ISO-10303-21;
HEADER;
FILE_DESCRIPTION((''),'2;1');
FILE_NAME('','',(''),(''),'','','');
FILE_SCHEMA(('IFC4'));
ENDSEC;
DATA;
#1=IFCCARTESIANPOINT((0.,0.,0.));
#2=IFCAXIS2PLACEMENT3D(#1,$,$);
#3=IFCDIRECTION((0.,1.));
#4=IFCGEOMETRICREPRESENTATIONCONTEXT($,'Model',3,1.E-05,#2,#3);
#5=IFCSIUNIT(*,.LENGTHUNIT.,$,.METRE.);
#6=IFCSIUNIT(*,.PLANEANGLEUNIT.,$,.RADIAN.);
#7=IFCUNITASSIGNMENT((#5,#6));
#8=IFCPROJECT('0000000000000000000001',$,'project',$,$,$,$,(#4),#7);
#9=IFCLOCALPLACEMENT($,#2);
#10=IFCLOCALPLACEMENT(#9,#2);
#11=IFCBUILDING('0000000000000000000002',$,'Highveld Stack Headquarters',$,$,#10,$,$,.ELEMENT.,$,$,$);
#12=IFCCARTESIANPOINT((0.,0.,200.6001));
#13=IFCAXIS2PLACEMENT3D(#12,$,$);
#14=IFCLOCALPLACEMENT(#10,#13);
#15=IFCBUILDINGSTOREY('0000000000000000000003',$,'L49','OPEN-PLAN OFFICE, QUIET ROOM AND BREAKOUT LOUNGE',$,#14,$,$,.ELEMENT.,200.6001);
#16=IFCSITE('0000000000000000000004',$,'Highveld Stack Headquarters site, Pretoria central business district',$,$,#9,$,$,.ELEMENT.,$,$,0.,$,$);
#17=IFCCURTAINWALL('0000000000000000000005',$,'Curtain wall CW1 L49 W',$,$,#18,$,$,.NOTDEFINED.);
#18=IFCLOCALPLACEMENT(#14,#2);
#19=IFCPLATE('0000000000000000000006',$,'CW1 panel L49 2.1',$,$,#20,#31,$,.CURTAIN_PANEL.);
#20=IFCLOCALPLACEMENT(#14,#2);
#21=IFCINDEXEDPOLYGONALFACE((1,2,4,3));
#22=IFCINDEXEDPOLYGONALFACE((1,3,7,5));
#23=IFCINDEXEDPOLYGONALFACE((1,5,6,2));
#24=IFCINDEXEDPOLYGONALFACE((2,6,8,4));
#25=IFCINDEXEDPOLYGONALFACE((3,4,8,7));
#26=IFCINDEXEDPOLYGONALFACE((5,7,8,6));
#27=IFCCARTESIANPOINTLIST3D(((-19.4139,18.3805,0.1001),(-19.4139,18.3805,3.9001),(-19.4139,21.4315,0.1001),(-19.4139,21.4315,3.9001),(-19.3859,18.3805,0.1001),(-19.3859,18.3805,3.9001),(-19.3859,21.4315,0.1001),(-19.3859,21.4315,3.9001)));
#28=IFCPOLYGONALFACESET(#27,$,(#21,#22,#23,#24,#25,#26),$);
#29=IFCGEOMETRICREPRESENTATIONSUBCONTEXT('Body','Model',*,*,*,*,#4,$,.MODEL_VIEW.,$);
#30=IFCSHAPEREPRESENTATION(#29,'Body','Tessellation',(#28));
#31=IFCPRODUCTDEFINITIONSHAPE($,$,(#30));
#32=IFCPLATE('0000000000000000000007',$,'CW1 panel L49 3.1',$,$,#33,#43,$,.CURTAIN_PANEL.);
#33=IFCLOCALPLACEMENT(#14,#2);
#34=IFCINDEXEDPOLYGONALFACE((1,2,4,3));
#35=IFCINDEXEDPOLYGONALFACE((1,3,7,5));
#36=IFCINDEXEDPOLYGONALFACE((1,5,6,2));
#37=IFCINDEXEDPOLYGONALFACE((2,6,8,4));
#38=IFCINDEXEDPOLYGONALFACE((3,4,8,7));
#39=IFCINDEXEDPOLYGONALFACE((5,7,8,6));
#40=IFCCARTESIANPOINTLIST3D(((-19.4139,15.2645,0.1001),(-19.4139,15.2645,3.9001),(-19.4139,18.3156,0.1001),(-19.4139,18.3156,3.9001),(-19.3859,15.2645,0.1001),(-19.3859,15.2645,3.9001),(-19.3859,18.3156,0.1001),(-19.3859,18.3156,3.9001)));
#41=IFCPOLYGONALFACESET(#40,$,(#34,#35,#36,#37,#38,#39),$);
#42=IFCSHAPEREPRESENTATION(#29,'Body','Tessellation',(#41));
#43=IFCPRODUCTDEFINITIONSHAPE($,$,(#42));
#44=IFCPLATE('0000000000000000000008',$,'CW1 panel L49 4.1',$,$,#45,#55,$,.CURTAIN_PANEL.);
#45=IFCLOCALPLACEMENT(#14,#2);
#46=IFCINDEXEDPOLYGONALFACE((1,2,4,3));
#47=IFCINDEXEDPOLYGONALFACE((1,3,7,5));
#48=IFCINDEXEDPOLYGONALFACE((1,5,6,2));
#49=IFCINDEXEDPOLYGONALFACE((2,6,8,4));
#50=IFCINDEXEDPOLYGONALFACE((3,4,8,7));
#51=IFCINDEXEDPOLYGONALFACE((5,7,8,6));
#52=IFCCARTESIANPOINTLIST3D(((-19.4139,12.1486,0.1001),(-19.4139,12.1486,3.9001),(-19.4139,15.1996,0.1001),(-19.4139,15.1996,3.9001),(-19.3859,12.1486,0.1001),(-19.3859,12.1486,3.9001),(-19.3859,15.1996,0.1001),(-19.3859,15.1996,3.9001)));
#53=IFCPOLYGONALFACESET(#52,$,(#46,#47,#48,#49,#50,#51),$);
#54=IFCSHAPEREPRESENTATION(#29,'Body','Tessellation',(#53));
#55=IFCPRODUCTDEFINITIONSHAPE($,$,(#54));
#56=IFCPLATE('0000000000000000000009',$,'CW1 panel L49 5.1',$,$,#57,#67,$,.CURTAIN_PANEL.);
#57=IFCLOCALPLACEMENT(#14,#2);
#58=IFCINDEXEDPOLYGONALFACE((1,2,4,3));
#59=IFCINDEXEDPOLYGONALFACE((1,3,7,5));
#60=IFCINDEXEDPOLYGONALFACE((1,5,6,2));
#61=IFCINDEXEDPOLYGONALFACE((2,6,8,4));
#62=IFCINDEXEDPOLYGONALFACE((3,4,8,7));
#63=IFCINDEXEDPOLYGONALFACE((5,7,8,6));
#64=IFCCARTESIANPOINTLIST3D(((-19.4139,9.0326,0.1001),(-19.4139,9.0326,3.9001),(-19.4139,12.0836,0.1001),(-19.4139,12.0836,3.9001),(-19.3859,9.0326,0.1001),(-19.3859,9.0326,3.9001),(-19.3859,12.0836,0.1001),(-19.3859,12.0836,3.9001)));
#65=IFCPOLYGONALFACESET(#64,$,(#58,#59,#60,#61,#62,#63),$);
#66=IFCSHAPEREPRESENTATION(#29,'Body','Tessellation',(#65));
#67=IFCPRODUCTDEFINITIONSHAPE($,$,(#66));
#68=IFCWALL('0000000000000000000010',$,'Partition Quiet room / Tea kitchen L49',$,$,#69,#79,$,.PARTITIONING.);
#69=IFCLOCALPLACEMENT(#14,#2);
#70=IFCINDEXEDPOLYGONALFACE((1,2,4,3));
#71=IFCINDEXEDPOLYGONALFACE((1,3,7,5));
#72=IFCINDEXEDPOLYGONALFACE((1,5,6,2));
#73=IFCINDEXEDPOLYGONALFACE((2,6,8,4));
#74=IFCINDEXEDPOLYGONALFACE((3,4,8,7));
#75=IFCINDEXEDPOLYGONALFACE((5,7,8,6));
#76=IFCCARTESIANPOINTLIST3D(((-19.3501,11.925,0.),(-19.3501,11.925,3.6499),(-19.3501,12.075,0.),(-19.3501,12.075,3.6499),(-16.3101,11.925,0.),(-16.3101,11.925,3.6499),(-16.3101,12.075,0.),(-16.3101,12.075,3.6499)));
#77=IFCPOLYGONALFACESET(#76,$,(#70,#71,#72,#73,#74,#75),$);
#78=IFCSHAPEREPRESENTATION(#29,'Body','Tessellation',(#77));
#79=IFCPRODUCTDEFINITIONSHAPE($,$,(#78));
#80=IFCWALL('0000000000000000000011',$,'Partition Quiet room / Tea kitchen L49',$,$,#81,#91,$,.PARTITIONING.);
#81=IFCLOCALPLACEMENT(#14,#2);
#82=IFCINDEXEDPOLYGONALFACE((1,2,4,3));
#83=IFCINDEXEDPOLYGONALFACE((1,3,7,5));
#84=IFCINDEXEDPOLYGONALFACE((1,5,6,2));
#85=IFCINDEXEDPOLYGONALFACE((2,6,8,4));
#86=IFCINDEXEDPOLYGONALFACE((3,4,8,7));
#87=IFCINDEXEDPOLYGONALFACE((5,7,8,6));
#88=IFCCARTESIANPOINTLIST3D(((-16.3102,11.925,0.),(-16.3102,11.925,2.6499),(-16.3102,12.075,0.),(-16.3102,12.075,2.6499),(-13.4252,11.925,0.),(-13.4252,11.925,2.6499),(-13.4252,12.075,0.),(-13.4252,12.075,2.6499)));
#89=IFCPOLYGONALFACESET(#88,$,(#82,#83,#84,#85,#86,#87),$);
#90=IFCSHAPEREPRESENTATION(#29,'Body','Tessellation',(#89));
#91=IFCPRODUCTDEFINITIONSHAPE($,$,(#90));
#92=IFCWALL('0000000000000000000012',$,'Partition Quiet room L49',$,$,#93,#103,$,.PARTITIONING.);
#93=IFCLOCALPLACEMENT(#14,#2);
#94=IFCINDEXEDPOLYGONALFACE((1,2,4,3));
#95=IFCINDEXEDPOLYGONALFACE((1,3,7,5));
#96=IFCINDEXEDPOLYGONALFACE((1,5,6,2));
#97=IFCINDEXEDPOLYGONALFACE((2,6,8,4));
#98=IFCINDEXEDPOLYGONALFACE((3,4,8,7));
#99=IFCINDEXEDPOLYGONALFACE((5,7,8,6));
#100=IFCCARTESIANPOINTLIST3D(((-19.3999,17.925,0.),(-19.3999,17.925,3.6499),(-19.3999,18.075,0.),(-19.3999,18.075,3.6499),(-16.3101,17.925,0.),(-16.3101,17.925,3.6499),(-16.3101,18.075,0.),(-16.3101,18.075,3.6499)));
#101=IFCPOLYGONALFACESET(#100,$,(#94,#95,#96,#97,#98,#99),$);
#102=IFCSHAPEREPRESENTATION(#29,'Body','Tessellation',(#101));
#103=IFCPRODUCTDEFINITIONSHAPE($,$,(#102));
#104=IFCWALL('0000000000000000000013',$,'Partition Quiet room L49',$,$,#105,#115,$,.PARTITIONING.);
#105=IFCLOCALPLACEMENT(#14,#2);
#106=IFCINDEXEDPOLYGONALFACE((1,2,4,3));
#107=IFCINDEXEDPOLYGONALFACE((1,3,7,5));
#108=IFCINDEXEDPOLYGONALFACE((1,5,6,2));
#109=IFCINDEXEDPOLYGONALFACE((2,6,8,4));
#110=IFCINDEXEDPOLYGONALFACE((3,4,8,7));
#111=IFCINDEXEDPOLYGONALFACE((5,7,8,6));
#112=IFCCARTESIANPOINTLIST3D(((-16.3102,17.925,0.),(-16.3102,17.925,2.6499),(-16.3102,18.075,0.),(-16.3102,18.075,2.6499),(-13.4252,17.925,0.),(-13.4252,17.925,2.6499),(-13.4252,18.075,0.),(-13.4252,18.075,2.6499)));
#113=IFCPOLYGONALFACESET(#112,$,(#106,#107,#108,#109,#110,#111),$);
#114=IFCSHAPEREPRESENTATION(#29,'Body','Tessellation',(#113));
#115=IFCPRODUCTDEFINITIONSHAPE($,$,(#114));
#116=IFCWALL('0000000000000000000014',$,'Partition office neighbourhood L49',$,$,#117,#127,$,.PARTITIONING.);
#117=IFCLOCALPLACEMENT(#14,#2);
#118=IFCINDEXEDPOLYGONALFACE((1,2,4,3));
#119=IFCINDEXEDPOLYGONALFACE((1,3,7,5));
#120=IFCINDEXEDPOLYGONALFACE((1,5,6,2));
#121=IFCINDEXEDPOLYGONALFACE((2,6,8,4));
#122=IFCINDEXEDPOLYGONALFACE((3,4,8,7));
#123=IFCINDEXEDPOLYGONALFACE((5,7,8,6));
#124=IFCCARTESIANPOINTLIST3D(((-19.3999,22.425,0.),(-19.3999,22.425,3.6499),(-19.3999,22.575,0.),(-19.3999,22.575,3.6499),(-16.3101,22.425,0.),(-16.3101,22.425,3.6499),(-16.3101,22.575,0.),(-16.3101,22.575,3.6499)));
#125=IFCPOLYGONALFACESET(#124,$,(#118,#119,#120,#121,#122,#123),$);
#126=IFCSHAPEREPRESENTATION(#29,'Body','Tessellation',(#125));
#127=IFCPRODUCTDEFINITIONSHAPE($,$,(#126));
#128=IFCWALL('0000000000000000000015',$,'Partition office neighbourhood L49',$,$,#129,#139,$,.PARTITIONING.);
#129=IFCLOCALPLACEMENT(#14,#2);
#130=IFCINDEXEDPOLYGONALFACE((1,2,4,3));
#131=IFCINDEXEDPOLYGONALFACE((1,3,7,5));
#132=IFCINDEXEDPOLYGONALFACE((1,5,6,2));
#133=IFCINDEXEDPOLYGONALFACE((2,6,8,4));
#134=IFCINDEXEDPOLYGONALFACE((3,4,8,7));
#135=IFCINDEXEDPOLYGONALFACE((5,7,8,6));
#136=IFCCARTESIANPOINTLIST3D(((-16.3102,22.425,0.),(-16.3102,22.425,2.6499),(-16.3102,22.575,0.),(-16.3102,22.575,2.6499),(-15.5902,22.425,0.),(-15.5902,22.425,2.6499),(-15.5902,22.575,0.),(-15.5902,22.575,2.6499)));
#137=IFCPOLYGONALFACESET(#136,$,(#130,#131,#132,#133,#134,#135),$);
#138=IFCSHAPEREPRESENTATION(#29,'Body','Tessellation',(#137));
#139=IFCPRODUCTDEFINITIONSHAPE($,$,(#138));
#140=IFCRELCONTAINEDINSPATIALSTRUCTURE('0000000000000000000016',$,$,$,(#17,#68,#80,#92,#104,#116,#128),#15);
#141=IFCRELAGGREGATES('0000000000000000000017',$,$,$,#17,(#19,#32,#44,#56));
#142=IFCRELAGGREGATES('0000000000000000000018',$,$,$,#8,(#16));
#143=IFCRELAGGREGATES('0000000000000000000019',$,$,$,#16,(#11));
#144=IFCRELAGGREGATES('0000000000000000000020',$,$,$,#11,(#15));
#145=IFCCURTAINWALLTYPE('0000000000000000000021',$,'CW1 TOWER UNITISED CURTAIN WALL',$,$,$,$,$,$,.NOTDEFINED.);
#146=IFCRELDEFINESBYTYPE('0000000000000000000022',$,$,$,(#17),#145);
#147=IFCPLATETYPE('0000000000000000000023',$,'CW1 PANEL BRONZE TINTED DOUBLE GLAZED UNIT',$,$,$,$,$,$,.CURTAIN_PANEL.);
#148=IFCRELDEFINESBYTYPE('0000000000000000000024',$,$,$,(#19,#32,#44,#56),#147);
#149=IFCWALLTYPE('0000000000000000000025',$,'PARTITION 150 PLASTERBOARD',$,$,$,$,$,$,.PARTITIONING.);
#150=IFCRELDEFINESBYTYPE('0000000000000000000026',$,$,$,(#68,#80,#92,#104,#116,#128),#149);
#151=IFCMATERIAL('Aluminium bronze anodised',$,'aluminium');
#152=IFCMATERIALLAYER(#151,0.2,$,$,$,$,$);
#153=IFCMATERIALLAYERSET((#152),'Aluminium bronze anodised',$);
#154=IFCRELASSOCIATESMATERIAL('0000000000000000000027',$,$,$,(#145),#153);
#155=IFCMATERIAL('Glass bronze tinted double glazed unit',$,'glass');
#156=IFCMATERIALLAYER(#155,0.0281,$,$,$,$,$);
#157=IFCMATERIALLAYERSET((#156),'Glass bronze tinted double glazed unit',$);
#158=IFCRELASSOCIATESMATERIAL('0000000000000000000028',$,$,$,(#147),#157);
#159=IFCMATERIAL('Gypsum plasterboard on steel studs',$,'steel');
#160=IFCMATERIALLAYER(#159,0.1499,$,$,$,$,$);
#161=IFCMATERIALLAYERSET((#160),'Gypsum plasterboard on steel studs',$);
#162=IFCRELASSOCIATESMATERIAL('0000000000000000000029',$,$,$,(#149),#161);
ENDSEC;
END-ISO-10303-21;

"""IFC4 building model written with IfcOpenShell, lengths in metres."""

from ifc_helpers import new_model, si_unit, direction, frame, frame_2d, origin, origin_2d, place, context, subcontext, project, spatial, rectangle, extrude, material, layer, layer_set, type_object, element, aggregate, save


model = new_model("IFC4")

# Units and contexts
model_context = context("Model", 3, precision=1e-05, world=origin(), true_north=direction((0.0, 1.0)))
body_context = subcontext(model_context, "Body", "Model", "MODEL_VIEW")
ifc_project = project(units=[si_unit("LENGTHUNIT", "METRE"), si_unit("PLANEANGLEUNIT", "RADIAN")], contexts=[model_context])

# Site, building, storey
site_placement = place(None, origin())
site = spatial("IfcSite", under=ifc_project, at=site_placement, Name="Highveld Stack Headquarters site, Pretoria central business district", CompositionType="ELEMENT", RefElevation=0.0)
building_placement = place(site_placement, origin())
building = spatial("IfcBuilding", under=site, at=building_placement, Name="Highveld Stack Headquarters", CompositionType="ELEMENT")
storey_placement = place(building_placement, frame((0.0, 0.0, 200.6001)))
storey = spatial("IfcBuildingStorey", under=building, at=storey_placement, Name="L49", Description="OPEN-PLAN OFFICE, QUIET ROOM AND BREAKOUT LOUNGE", CompositionType="ELEMENT", Elevation=200.6001)

# Curtain wall, plates
ifc_material_1 = material(Name="Aluminium bronze anodised", Category="aluminium")
ifc_layer_1 = layer(ifc_material_1, 0.2)
ifc_layer_set_1 = layer_set([ifc_layer_1], Name="Aluminium bronze anodised")
curtain_wall_type = type_object("IfcCurtainWallType", Name="CW1 TOWER UNITISED CURTAIN WALL", PredefinedType="NOTDEFINED", material=ifc_layer_set_1)
curtain_wall_placement = place(storey_placement, origin())
curtain_wall = element("IfcCurtainWall", 1, at=curtain_wall_placement, inside=storey, type_object=curtain_wall_type, Name="Curtain wall CW1 L49 W", PredefinedType="NOTDEFINED")
ifc_material_2 = material(Name="Glass bronze tinted double glazed unit", Category="glass")
ifc_layer_2 = layer(ifc_material_2, 0.0281)
ifc_layer_set_2 = layer_set([ifc_layer_2], Name="Glass bronze tinted double glazed unit")
plate_type = type_object("IfcPlateType", Name="CW1 PANEL BRONZE TINTED DOUBLE GLAZED UNIT", PredefinedType="CURTAIN_PANEL", material=ifc_layer_set_2)
plate_1_placement = place(storey_placement, frame((-19.3999, 19.906, 0.1001), z_axis=(0.0, 0.0, 1.0), x_axis=(0.0, -1.0, 0.0)))
plate_1 = element("IfcPlate", 2, at=plate_1_placement, type_object=plate_type, Name="CW1 panel L49 2.1", PredefinedType="CURTAIN_PANEL", context=body_context, shape_type="SweptSolid", body=[
    extrude(rectangle(XDim=3.051, YDim=0.0281, at=origin_2d()), origin(), (0.0, 0.0, 1.0), 3.8),
])
plate_2_placement = place(storey_placement, frame((-19.3999, 16.79, 0.1001), z_axis=(0.0, 0.0, 1.0), x_axis=(0.0, -1.0, 0.0)))
plate_2 = element("IfcPlate", 3, at=plate_2_placement, type_object=plate_type, Name="CW1 panel L49 3.1", PredefinedType="CURTAIN_PANEL", context=body_context, shape_type="SweptSolid", body=[
    extrude(rectangle(XDim=3.051, YDim=0.0281, at=origin_2d()), origin(), (0.0, 0.0, 1.0), 3.8),
])
plate_3_placement = place(storey_placement, frame((-19.3999, 13.6741, 0.1001), z_axis=(0.0, 0.0, 1.0), x_axis=(0.0, -1.0, 0.0)))
plate_3 = element("IfcPlate", 4, at=plate_3_placement, type_object=plate_type, Name="CW1 panel L49 4.1", PredefinedType="CURTAIN_PANEL", context=body_context, shape_type="SweptSolid", body=[
    extrude(rectangle(XDim=3.051, YDim=0.0281, at=origin_2d()), origin(), (0.0, 0.0, 1.0), 3.8),
])
plate_4_placement = place(storey_placement, frame((-19.3999, 10.5581, 0.1001), z_axis=(0.0, 0.0, 1.0), x_axis=(0.0, -1.0, 0.0)))
plate_4 = element("IfcPlate", 5, at=plate_4_placement, type_object=plate_type, Name="CW1 panel L49 5.1", PredefinedType="CURTAIN_PANEL", context=body_context, shape_type="SweptSolid", body=[
    extrude(rectangle(XDim=3.051, YDim=0.0281, at=origin_2d()), origin(), (0.0, 0.0, 1.0), 3.8),
])
aggregate(curtain_wall, [plate_1, plate_2, plate_3, plate_4])

# Walls
ifc_material_3 = material(Name="Gypsum plasterboard on steel studs", Category="steel")
ifc_layer_3 = layer(ifc_material_3, 0.1499)
ifc_layer_set_3 = layer_set([ifc_layer_3], Name="Gypsum plasterboard on steel studs")
wall_type = type_object("IfcWallType", Name="PARTITION 150 PLASTERBOARD", PredefinedType="PARTITIONING", material=ifc_layer_set_3)
wall_1_placement = place(storey_placement, frame((-19.3501, 12.0, 0.0), z_axis=(0.0, 0.0, 1.0), x_axis=(1.0, 0.0, 0.0)))
element("IfcWall", 6, at=wall_1_placement, inside=storey, type_object=wall_type, Name="Partition Quiet room / Tea kitchen L49", PredefinedType="PARTITIONING", context=body_context, shape_type="SweptSolid", body=[
    extrude(rectangle(XDim=3.04, YDim=0.1499, at=frame_2d((1.52, 0.0))), origin(), (0.0, 0.0, 1.0), 3.6499),
])
wall_2_placement = place(storey_placement, frame((-16.3101, 12.0, 0.0), z_axis=(0.0, 0.0, 1.0), x_axis=(1.0, 0.0, 0.0)))
element("IfcWall", 7, at=wall_2_placement, inside=storey, type_object=wall_type, Name="Partition Quiet room / Tea kitchen L49", PredefinedType="PARTITIONING", context=body_context, shape_type="SweptSolid", body=[
    extrude(rectangle(XDim=2.885, YDim=0.1499, at=frame_2d((1.4424, 0.0))), origin(), (0.0, 0.0, 1.0), 2.6499),
])
wall_3_placement = place(storey_placement, frame((-19.3999, 18.0, 0.0), z_axis=(0.0, 0.0, 1.0), x_axis=(1.0, 0.0, 0.0)))
element("IfcWall", 8, at=wall_3_placement, inside=storey, type_object=wall_type, Name="Partition Quiet room L49", PredefinedType="PARTITIONING", context=body_context, shape_type="SweptSolid", body=[
    extrude(rectangle(XDim=3.0898, YDim=0.1499, at=frame_2d((1.5449, 0.0))), origin(), (0.0, 0.0, 1.0), 3.6499),
])
wall_4_placement = place(storey_placement, frame((-16.3101, 18.0, 0.0), z_axis=(0.0, 0.0, 1.0), x_axis=(1.0, 0.0, 0.0)))
element("IfcWall", 9, at=wall_4_placement, inside=storey, type_object=wall_type, Name="Partition Quiet room L49", PredefinedType="PARTITIONING", context=body_context, shape_type="SweptSolid", body=[
    extrude(rectangle(XDim=2.885, YDim=0.1499, at=frame_2d((1.4424, 0.0))), origin(), (0.0, 0.0, 1.0), 2.6499),
])
wall_5_placement = place(storey_placement, frame((-19.3999, 22.5, 0.0), z_axis=(0.0, 0.0, 1.0), x_axis=(1.0, 0.0, 0.0)))
element("IfcWall", 10, at=wall_5_placement, inside=storey, type_object=wall_type, Name="Partition office neighbourhood L49", PredefinedType="PARTITIONING", context=body_context, shape_type="SweptSolid", body=[
    extrude(rectangle(XDim=3.0898, YDim=0.1499, at=frame_2d((1.5449, 0.0))), origin(), (0.0, 0.0, 1.0), 3.6499),
])
wall_6_placement = place(storey_placement, frame((-16.3101, 22.5, 0.0), z_axis=(0.0, 0.0, 1.0), x_axis=(1.0, 0.0, 0.0)))
element("IfcWall", 11, at=wall_6_placement, inside=storey, type_object=wall_type, Name="Partition office neighbourhood L49", PredefinedType="PARTITIONING", context=body_context, shape_type="SweptSolid", body=[
    extrude(rectangle(XDim=0.72, YDim=0.1499, at=frame_2d((0.3599, 0.0))), origin(), (0.0, 0.0, 1.0), 2.6499),
])

save(model, "model.ifc")
